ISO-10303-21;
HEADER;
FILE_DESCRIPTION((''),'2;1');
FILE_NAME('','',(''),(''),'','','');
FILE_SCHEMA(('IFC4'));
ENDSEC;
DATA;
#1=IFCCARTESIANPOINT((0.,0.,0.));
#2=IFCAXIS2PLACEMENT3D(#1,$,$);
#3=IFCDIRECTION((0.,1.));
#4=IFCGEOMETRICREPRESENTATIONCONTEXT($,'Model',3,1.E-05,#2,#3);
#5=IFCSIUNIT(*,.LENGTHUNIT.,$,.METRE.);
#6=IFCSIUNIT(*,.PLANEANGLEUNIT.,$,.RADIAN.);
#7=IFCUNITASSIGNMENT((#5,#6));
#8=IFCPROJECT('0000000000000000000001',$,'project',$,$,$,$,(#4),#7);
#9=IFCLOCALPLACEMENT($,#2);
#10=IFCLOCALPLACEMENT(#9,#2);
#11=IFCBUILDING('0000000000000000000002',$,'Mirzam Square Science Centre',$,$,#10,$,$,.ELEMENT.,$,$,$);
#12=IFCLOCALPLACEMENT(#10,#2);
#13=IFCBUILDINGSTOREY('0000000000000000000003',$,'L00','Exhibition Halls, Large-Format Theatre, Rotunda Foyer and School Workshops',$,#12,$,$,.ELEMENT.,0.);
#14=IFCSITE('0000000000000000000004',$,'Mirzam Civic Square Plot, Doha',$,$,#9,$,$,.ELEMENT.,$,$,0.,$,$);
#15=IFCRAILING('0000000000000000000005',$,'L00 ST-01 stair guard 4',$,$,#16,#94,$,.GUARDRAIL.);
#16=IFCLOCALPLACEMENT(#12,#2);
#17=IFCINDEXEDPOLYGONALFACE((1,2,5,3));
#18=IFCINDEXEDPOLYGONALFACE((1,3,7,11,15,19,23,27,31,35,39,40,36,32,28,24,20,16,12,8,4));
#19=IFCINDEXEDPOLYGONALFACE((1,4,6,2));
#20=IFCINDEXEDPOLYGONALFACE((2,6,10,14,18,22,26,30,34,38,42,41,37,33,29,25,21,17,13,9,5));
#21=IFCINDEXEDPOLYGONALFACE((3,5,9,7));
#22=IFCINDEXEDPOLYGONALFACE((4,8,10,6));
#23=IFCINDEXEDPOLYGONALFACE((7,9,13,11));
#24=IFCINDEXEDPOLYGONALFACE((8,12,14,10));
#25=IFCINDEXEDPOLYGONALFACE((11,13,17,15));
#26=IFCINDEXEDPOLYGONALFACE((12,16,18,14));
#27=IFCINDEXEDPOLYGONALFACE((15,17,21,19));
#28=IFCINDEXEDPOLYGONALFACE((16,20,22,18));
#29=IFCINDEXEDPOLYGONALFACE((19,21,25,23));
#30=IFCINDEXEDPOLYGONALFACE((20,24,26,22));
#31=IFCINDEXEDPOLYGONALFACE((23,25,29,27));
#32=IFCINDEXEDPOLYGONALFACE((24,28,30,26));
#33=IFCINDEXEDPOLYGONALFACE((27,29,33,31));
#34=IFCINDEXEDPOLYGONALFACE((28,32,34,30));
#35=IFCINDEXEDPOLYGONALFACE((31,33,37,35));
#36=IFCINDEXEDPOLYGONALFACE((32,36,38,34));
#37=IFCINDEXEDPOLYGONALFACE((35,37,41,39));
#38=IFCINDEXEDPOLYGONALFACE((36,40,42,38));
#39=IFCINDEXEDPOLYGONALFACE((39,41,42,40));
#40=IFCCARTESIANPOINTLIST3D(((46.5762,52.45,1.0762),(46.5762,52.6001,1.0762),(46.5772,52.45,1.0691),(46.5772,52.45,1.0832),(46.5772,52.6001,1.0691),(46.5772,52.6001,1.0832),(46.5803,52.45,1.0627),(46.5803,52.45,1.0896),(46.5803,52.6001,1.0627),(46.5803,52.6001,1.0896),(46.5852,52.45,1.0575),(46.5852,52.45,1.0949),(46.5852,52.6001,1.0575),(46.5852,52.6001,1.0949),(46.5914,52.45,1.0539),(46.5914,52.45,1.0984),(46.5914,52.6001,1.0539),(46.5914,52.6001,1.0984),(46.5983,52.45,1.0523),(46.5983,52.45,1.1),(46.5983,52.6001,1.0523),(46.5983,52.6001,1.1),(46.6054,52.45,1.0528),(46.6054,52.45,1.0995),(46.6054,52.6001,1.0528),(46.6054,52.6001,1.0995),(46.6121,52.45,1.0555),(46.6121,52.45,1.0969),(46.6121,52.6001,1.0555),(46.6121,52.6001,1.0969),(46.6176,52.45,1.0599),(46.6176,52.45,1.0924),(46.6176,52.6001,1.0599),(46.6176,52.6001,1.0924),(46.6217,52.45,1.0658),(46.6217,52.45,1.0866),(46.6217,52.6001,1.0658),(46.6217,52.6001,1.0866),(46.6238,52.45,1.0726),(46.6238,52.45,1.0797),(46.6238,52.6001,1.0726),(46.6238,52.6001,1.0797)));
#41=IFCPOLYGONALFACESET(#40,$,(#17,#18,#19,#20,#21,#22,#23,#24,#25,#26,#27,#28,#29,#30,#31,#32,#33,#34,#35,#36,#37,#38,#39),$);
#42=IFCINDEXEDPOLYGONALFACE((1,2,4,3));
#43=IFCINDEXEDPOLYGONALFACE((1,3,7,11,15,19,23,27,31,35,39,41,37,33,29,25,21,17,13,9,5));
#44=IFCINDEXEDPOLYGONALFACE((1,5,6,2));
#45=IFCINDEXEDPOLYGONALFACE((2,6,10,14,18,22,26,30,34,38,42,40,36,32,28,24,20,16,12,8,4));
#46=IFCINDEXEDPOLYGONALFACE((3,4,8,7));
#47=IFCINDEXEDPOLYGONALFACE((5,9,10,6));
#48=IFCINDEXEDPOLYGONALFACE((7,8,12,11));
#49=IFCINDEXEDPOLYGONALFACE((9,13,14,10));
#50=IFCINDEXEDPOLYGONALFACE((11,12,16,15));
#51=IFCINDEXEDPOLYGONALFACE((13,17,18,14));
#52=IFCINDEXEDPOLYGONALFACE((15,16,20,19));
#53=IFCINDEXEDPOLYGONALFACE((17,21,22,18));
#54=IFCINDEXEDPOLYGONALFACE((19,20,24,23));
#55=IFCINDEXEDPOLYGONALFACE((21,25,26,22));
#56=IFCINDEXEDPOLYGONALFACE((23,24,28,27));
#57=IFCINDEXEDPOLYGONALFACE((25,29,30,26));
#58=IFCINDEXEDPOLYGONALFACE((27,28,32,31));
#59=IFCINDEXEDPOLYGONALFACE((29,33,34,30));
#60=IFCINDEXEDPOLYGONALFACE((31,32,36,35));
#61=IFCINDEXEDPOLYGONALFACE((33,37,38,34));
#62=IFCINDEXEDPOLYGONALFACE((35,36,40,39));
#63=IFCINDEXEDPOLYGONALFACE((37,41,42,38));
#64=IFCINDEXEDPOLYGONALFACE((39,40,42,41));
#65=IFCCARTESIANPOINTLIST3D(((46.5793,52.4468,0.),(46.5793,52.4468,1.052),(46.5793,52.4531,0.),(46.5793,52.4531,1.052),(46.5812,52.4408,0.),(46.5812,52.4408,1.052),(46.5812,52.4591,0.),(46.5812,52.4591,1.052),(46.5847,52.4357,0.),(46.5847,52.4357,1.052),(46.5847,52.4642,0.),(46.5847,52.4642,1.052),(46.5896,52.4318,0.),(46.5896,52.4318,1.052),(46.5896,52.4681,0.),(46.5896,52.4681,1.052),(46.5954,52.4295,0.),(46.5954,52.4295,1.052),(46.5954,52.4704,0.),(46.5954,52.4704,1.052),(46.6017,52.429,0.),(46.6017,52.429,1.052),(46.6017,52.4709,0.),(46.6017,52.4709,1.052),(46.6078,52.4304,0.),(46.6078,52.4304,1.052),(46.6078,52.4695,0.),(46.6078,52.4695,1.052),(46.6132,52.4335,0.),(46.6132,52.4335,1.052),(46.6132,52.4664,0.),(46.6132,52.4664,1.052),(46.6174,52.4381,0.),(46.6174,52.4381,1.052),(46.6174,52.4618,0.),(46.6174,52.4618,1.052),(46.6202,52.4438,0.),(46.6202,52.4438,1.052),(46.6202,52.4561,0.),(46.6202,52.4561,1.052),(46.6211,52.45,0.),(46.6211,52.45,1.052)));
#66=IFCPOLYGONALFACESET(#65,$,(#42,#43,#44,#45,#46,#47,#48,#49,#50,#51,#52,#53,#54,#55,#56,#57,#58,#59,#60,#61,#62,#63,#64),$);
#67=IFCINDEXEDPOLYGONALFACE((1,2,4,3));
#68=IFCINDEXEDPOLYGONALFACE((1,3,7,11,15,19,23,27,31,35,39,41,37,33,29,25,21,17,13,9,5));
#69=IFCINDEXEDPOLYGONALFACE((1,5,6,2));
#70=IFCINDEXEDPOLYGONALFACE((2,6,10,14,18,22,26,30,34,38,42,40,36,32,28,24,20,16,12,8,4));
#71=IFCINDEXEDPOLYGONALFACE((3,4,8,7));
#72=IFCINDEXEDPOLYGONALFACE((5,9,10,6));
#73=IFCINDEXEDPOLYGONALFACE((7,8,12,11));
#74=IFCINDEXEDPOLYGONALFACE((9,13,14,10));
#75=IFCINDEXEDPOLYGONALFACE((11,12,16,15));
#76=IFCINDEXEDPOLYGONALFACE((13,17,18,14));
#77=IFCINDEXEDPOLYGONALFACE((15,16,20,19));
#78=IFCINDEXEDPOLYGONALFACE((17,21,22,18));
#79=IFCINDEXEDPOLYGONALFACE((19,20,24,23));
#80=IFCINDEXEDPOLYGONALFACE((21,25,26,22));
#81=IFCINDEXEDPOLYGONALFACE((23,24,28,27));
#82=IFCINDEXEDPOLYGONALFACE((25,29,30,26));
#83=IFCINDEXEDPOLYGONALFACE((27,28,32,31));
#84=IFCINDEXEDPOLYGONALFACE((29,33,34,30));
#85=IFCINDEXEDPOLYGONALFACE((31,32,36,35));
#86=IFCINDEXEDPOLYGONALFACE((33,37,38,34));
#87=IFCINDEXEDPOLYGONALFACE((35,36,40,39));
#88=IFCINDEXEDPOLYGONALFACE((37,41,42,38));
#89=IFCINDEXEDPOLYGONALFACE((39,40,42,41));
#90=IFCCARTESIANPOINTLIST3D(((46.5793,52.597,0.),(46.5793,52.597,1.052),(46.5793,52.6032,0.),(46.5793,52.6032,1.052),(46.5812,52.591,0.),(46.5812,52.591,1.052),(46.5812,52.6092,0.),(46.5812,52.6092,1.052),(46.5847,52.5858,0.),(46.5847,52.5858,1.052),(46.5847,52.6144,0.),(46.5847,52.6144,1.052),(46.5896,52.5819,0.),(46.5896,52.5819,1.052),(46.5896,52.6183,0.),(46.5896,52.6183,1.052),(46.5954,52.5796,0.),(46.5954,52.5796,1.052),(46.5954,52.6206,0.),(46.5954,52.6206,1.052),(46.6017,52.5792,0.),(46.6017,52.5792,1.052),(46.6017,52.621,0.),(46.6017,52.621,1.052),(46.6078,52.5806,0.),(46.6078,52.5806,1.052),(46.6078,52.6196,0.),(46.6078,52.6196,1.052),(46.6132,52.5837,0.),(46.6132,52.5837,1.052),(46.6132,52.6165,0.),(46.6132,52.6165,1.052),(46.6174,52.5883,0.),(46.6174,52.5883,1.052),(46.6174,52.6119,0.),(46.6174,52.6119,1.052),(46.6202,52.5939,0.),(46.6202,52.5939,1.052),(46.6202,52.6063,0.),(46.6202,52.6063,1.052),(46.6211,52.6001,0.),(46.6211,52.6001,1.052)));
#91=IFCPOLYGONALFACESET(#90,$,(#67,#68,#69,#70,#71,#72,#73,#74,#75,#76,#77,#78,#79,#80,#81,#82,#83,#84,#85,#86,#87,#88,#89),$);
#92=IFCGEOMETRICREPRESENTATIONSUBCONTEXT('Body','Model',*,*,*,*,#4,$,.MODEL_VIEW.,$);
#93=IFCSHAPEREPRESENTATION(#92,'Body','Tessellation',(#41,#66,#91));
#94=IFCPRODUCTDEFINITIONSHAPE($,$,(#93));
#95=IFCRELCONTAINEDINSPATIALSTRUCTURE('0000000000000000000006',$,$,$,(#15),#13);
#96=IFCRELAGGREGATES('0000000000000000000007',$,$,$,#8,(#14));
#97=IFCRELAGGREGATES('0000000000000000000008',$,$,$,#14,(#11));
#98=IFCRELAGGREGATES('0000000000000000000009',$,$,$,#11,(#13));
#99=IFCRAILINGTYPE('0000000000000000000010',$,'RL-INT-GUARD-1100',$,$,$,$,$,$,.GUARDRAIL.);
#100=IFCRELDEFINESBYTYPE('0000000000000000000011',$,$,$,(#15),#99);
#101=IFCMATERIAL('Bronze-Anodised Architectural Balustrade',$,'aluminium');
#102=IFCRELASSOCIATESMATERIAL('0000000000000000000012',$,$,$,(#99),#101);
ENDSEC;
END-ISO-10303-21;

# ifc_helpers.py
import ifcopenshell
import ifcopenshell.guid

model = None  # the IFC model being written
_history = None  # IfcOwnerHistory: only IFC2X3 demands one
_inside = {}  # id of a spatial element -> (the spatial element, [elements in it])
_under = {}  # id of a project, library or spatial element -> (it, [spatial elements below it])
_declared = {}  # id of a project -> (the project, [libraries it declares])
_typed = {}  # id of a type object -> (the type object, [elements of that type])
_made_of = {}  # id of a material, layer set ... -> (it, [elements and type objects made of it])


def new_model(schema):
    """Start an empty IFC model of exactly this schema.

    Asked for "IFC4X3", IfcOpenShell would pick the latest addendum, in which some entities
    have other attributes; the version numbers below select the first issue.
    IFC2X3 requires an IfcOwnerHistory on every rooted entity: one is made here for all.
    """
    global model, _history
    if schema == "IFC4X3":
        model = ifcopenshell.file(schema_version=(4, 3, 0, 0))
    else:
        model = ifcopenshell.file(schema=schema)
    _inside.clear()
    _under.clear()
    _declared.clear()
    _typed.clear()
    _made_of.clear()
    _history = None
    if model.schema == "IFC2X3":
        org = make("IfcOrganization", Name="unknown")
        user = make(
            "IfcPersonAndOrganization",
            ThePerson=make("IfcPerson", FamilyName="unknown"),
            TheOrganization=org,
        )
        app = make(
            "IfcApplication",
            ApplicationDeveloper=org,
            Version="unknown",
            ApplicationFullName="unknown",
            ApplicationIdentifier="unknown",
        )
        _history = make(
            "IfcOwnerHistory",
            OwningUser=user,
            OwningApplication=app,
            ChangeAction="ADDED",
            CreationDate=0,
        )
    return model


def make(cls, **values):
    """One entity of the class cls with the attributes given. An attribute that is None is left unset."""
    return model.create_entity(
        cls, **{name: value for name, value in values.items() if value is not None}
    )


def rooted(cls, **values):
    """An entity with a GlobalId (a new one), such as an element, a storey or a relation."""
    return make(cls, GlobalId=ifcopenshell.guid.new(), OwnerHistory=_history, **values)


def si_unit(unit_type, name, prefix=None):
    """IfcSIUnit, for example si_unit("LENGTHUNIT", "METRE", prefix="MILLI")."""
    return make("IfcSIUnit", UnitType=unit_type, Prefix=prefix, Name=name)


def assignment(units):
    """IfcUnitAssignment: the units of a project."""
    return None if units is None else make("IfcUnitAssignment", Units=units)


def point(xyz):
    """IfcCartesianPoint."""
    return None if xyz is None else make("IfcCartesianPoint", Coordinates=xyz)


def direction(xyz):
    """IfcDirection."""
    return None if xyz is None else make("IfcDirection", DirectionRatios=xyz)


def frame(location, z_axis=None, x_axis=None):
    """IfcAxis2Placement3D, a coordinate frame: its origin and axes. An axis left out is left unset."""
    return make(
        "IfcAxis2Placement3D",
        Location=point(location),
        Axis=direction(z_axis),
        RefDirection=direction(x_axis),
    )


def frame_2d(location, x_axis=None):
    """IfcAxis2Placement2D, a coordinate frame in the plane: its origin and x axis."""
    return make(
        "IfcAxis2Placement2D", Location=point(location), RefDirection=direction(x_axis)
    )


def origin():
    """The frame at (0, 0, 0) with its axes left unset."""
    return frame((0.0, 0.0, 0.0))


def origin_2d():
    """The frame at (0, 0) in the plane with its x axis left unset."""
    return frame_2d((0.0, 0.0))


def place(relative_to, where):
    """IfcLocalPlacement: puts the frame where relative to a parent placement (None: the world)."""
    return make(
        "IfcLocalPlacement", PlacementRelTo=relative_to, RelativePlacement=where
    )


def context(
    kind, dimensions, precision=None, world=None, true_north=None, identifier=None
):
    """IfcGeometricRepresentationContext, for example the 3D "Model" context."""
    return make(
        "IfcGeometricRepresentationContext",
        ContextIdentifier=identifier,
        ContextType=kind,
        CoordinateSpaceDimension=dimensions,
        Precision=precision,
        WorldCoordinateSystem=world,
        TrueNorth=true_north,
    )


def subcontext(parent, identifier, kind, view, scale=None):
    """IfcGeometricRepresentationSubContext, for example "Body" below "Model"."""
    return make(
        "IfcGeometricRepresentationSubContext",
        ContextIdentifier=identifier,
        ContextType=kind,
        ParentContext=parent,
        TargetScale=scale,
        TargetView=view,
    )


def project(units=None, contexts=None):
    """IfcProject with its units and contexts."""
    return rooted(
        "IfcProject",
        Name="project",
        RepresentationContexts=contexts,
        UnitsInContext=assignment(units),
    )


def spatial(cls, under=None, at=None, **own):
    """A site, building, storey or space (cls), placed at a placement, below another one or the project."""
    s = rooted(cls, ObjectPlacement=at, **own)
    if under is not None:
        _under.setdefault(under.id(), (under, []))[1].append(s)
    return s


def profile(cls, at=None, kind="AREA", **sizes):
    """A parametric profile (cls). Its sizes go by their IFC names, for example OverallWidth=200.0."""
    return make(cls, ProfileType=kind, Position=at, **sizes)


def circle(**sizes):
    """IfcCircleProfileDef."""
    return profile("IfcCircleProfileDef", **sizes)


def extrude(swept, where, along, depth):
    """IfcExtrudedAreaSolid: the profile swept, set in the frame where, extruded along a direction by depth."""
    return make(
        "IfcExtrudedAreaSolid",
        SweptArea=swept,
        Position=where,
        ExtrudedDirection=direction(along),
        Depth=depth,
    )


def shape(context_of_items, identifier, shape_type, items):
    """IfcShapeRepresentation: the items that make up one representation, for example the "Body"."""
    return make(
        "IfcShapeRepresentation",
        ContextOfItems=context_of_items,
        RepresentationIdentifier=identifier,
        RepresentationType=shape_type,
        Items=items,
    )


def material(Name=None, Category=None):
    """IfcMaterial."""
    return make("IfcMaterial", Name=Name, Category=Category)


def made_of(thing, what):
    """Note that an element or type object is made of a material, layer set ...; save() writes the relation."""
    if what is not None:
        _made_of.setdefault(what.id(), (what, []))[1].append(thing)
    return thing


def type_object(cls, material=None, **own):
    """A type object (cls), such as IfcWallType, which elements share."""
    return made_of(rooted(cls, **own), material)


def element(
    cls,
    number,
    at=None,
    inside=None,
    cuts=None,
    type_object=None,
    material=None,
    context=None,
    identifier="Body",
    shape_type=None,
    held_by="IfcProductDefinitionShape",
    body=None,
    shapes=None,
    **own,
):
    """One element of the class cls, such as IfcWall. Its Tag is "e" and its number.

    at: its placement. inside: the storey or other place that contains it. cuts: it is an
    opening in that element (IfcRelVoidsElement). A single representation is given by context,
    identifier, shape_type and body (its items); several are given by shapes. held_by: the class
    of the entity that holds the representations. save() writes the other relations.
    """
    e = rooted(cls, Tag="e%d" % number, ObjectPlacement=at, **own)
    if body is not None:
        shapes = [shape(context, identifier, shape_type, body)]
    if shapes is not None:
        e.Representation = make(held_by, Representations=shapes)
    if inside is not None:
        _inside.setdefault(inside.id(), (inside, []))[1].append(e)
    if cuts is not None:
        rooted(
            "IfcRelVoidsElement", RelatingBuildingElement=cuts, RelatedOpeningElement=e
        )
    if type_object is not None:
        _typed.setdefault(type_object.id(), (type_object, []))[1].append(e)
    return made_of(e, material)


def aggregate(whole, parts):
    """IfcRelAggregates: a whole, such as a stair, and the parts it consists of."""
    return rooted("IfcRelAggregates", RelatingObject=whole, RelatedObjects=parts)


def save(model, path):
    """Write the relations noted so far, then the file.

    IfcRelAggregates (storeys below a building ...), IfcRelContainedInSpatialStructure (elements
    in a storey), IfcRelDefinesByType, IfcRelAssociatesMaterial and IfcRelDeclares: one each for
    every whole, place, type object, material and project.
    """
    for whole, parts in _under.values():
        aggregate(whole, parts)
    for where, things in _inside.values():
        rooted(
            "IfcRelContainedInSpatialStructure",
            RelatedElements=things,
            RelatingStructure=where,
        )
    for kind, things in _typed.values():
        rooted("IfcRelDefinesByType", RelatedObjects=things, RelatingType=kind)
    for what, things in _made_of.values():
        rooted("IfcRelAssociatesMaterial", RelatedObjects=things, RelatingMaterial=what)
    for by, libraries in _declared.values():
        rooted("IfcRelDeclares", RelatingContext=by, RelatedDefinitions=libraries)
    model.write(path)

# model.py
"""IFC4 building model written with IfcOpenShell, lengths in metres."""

from ifc_helpers import new_model, si_unit, direction, frame, origin, origin_2d, place, context, subcontext, project, spatial, circle, extrude, material, type_object, element, save


model = new_model("IFC4")

# Units and contexts
model_context = context("Model", 3, precision=1e-05, world=origin(), true_north=direction((0.0, 1.0)))
body_context = subcontext(model_context, "Body", "Model", "MODEL_VIEW")
ifc_project = project(units=[si_unit("LENGTHUNIT", "METRE"), si_unit("PLANEANGLEUNIT", "RADIAN")], contexts=[model_context])

# Site, building, storey
site_placement = place(None, origin())
site = spatial("IfcSite", under=ifc_project, at=site_placement, Name="Mirzam Civic Square Plot, Doha", CompositionType="ELEMENT", RefElevation=0.0)
building_placement = place(site_placement, origin())
building = spatial("IfcBuilding", under=site, at=building_placement, Name="Mirzam Square Science Centre", CompositionType="ELEMENT")
storey_placement = place(building_placement, origin())
storey = spatial("IfcBuildingStorey", under=building, at=storey_placement, Name="L00", Description="Exhibition Halls, Large-Format Theatre, Rotunda Foyer and School Workshops", CompositionType="ELEMENT", Elevation=0.0)

# Railing
ifc_material_1 = material(Name="Bronze-Anodised Architectural Balustrade", Category="aluminium")
railing_type_1 = type_object("IfcRailingType", Name="RL-INT-GUARD-1100", PredefinedType="GUARDRAIL", material=ifc_material_1)
railing_1_placement = place(storey_placement, frame((46.6001, 52.45, 0.0)))
element("IfcRailing", 1, at=railing_1_placement, inside=storey, type_object=railing_type_1, Name="L00 ST-01 stair guard 4", PredefinedType="GUARDRAIL", context=body_context, shape_type="SweptSolid", body=[
    extrude(circle(Radius=0.0239, at=origin_2d()), frame((0.0, 0.0, 1.0762), z_axis=(0.0, 1.0, 0.0), x_axis=(-1.0, 0.0, 0.0)), (0.0, 0.0, 1.0), 0.1501),
    extrude(circle(Radius=0.021, at=origin_2d()), origin(), (0.0, 0.0, 1.0), 1.052),
    extrude(circle(Radius=0.021, at=origin_2d()), frame((0.0, 0.1501, 0.0)), (0.0, 0.0, 1.0), 1.052),
])

save(model, "model.ifc")
